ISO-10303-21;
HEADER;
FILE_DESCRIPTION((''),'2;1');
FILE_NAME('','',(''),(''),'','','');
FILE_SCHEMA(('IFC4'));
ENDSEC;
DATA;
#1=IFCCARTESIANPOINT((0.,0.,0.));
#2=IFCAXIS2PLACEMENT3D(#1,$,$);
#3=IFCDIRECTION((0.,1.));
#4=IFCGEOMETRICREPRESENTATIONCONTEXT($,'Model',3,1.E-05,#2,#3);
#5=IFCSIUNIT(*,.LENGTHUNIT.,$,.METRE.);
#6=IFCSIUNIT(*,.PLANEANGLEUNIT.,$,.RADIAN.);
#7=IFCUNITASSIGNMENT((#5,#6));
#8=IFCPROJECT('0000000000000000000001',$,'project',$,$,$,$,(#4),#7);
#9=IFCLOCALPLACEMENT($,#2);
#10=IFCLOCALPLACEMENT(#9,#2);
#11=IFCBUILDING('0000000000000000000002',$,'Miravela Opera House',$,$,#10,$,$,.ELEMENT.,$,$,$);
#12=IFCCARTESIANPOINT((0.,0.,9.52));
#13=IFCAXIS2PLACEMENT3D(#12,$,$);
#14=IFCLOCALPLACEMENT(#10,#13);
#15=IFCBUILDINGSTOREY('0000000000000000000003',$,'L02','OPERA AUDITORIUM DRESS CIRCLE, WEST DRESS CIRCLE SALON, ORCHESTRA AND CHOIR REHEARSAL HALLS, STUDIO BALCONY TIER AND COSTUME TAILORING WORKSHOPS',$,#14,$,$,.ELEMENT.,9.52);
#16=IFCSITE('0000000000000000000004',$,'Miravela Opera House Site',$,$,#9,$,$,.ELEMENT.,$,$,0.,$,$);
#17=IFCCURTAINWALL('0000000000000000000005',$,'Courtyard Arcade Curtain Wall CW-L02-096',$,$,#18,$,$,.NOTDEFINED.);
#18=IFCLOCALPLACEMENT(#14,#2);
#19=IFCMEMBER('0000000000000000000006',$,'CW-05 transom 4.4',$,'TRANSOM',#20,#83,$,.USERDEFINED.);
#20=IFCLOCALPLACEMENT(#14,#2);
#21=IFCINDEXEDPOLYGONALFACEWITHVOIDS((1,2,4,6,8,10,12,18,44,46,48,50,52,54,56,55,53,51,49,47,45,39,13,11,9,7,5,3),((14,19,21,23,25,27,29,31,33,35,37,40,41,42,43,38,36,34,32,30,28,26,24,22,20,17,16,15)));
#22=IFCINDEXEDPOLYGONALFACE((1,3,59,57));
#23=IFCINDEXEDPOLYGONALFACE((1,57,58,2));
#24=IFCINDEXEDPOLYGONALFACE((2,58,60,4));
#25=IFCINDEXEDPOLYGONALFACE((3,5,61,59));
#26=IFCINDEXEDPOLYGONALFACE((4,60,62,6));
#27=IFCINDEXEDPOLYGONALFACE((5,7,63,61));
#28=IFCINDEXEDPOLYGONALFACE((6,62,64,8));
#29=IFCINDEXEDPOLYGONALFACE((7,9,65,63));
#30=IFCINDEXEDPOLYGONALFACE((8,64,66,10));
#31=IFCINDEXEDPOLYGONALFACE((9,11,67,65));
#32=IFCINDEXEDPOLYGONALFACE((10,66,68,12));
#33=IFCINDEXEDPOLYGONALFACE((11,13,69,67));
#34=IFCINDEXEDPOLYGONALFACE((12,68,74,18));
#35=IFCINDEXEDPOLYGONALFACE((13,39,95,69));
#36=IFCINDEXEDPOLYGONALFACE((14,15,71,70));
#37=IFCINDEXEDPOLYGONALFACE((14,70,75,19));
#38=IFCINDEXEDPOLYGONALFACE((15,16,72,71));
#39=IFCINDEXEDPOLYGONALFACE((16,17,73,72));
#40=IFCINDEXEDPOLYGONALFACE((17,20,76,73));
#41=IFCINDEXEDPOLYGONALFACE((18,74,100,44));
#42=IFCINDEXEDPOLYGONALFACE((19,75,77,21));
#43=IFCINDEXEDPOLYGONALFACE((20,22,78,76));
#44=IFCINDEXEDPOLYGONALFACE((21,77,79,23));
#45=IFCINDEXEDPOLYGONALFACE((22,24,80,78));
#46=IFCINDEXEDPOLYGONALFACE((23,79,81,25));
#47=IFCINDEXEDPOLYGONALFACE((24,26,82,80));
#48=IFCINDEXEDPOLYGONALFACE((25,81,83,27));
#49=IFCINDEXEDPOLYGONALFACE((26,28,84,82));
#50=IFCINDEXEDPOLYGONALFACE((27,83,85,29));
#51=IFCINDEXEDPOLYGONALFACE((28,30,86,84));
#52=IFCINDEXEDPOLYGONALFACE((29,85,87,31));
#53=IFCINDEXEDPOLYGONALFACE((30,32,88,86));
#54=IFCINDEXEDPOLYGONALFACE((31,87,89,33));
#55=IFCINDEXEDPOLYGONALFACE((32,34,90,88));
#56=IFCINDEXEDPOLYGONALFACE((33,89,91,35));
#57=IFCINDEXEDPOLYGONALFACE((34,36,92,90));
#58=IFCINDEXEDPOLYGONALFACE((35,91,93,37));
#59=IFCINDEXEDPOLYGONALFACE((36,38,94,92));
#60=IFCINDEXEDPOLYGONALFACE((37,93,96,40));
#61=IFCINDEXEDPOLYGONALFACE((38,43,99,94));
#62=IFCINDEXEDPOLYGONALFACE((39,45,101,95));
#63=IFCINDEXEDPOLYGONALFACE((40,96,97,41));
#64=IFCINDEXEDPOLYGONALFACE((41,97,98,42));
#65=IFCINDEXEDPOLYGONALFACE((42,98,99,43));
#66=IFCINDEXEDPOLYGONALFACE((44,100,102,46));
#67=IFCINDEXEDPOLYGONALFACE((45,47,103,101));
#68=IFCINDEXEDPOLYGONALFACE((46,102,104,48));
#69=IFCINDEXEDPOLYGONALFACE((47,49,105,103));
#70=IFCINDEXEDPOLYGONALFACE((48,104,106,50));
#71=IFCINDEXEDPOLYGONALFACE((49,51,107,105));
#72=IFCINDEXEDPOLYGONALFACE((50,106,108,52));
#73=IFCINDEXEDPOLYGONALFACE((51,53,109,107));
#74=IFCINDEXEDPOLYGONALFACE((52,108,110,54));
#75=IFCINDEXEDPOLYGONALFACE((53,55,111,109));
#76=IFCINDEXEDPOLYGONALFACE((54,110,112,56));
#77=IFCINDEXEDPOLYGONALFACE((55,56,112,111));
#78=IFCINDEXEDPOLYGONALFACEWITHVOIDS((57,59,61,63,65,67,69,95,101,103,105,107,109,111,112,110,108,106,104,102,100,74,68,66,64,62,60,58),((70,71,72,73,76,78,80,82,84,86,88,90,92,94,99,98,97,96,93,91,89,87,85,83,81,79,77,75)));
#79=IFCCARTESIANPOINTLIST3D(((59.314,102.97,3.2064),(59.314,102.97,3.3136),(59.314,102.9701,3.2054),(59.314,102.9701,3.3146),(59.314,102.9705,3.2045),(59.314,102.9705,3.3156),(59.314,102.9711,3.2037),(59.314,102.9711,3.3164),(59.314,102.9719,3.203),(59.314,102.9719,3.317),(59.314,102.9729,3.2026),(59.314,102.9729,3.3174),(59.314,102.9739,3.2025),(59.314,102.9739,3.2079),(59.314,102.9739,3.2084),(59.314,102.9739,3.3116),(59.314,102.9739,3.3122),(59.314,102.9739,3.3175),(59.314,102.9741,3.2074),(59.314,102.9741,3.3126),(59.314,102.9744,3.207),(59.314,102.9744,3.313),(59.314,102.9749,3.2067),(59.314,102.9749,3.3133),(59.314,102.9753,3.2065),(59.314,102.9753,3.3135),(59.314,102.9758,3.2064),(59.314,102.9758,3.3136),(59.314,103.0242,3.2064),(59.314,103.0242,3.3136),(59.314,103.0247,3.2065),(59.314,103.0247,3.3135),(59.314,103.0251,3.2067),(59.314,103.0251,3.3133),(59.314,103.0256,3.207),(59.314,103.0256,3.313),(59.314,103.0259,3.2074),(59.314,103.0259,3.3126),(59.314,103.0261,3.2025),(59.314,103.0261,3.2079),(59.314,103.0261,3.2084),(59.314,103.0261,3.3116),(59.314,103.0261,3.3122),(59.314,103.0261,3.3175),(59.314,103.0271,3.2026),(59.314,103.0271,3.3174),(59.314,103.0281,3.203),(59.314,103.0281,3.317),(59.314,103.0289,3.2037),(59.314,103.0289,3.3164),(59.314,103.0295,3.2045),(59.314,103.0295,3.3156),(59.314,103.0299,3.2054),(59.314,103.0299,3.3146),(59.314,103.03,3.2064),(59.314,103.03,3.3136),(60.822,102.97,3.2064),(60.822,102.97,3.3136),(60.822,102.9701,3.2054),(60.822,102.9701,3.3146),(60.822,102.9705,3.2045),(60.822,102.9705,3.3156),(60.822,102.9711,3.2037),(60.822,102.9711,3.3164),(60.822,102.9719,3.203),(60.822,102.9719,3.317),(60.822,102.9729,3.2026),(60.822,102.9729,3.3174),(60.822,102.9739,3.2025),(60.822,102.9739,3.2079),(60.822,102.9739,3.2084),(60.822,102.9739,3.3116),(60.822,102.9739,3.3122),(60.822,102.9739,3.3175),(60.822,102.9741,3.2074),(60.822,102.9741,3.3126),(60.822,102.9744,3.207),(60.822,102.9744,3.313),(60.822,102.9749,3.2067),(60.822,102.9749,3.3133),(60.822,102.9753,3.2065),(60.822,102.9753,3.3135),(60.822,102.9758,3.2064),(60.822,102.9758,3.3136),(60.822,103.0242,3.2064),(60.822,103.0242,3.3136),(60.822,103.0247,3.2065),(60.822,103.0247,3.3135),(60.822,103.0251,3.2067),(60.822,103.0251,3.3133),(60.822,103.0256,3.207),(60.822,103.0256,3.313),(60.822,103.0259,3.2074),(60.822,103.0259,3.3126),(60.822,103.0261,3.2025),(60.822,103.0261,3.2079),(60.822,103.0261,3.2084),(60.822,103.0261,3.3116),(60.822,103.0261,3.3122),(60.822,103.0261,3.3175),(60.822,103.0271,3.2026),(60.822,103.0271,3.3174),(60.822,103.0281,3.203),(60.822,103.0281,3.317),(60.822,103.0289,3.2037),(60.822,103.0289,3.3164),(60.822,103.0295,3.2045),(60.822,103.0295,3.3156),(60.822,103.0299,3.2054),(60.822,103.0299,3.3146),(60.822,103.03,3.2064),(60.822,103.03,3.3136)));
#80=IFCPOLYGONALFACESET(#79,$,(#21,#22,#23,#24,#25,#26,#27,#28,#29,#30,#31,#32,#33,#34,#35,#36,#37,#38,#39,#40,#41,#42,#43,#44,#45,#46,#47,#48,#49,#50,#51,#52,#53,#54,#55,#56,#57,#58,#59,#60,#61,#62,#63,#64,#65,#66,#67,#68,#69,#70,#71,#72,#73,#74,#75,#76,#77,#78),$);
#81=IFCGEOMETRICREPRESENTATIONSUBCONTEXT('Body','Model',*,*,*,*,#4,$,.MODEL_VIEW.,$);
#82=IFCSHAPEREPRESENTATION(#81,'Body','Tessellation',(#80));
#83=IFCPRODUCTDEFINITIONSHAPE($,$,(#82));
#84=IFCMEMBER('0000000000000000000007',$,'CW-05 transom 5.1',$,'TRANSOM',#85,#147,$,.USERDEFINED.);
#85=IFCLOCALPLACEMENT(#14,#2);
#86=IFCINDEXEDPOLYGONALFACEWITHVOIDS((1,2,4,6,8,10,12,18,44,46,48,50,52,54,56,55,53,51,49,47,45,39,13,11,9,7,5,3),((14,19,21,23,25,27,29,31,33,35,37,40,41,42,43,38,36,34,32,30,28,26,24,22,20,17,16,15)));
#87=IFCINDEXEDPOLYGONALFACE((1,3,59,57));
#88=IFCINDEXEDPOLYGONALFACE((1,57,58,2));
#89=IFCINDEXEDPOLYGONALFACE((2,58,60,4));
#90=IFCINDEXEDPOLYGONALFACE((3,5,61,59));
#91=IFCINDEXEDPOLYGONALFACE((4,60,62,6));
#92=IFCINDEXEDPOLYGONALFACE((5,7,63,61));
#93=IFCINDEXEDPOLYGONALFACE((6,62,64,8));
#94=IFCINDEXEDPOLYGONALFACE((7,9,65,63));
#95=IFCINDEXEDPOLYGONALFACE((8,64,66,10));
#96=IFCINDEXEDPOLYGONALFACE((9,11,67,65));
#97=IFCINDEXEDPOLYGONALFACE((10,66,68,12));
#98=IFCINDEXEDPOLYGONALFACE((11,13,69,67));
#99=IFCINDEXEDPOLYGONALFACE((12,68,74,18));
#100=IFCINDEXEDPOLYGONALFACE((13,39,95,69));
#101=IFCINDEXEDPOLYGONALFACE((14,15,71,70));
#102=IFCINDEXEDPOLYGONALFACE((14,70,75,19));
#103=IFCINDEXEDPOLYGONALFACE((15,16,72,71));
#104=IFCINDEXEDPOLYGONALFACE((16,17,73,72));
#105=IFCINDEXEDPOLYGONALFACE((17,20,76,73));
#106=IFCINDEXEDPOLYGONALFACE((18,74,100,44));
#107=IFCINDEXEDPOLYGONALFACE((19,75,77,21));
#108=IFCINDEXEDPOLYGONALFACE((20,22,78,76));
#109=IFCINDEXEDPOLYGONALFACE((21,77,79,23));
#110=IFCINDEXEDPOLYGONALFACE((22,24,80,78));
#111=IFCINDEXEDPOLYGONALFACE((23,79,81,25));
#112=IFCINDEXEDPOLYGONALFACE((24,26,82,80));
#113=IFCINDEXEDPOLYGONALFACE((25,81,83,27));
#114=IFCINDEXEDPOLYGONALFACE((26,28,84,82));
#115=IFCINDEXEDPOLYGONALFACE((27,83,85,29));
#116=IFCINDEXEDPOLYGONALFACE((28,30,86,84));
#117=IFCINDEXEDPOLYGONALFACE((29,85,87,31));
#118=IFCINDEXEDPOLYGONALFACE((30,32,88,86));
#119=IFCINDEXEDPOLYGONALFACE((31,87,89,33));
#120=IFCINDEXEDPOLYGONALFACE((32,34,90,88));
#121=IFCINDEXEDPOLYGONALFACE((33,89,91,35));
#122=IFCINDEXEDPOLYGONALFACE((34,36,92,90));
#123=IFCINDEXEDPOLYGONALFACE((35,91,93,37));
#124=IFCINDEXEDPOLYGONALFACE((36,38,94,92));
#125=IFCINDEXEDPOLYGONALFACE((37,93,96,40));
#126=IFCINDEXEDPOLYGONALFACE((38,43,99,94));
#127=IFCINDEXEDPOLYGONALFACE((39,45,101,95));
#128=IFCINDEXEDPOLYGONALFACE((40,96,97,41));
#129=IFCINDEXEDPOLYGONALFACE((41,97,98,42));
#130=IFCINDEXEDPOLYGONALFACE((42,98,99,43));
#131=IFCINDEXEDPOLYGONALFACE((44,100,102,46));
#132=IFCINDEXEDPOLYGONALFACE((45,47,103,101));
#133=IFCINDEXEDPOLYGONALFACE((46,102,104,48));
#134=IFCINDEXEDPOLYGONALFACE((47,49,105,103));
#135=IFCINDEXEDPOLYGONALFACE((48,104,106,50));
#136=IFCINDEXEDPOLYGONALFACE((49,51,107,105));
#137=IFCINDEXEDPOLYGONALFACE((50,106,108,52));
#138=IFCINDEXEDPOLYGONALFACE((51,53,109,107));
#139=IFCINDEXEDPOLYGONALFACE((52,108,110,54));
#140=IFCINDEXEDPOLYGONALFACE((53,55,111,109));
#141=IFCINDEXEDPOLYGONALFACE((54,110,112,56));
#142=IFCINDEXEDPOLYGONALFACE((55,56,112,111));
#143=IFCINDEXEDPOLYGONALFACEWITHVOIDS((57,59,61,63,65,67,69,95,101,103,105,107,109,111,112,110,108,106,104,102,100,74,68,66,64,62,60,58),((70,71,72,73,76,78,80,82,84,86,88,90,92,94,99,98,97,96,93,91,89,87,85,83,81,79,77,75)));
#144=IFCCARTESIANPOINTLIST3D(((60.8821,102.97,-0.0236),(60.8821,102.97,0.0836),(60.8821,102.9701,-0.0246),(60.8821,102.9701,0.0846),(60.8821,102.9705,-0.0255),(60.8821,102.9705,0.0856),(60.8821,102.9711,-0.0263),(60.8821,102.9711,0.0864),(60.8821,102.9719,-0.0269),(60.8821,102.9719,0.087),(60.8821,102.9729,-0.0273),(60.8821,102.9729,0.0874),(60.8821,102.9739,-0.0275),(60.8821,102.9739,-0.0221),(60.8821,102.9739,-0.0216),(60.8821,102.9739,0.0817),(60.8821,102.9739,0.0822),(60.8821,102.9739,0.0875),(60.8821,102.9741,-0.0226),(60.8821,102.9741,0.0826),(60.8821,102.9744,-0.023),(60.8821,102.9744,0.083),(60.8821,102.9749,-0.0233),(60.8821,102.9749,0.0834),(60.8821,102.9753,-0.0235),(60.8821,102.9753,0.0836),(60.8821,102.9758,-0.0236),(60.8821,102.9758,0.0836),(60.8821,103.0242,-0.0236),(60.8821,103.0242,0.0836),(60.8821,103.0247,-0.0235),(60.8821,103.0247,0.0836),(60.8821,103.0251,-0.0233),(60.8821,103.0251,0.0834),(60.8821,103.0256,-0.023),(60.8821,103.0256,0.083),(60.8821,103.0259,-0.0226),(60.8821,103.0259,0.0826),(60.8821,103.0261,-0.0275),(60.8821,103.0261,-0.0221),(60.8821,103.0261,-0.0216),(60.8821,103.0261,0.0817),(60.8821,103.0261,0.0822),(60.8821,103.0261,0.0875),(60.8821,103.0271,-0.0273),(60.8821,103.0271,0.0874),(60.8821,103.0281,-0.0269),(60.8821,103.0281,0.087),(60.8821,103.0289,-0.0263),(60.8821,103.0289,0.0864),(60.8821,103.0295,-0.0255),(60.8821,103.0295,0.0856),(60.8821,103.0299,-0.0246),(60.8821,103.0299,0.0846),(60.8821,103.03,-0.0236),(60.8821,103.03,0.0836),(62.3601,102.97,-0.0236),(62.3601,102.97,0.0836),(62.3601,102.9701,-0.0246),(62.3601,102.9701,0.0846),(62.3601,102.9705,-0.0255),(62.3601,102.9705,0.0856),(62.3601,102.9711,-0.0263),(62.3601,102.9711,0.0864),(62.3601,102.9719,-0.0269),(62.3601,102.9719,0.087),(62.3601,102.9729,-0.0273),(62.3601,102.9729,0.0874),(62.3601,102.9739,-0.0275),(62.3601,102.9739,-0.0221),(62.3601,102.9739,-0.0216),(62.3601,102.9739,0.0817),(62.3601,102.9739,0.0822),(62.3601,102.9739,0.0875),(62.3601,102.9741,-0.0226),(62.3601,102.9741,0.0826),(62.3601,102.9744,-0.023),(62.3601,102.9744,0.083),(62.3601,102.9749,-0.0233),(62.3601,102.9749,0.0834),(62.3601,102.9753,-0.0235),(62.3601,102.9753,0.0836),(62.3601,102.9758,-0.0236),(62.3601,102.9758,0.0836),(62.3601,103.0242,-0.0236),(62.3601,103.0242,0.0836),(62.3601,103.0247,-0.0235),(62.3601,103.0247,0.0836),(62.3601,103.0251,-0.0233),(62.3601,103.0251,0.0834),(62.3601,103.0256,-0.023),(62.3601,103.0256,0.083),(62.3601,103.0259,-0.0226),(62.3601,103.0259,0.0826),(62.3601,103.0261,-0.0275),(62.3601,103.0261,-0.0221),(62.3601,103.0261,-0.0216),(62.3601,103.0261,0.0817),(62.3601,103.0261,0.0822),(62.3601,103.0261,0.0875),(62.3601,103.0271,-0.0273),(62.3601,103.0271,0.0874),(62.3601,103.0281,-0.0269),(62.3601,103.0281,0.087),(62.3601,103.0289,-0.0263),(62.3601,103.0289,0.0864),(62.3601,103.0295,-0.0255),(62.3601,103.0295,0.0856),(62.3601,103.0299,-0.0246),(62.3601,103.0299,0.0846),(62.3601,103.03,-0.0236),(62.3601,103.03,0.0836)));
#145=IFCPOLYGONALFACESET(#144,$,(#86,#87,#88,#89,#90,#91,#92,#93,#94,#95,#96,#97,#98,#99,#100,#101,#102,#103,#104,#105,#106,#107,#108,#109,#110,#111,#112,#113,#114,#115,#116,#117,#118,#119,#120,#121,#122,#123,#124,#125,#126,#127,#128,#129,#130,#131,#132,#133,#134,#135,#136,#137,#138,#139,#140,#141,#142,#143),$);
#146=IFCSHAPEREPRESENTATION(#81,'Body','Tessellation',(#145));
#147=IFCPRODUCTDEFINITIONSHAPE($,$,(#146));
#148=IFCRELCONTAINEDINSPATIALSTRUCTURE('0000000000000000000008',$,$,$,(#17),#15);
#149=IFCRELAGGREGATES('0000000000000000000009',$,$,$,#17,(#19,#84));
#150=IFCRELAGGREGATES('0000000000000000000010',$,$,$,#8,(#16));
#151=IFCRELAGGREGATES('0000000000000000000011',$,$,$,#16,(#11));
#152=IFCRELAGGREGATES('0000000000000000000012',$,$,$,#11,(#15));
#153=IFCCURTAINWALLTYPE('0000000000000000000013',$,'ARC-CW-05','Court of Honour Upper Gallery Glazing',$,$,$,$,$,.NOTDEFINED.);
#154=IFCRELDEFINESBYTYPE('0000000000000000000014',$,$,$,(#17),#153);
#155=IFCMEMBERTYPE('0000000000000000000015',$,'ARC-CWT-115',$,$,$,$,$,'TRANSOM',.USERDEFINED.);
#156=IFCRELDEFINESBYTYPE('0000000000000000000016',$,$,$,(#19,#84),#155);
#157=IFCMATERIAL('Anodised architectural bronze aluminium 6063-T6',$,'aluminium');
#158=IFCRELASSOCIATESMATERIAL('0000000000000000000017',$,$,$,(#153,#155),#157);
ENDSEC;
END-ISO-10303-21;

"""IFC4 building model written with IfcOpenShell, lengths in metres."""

from ifc_helpers import new_model, si_unit, direction, frame, origin, origin_2d, place, context, subcontext, project, spatial, hollow_rectangle, extrude, material, material_profile, profile_set, type_object, element, aggregate, save


model = new_model("IFC4")

# Units and contexts
model_context = context("Model", 3, precision=1e-05, world=origin(), true_north=direction((0.0, 1.0)))
body_context = subcontext(model_context, "Body", "Model", "MODEL_VIEW")
ifc_project = project(units=[si_unit("LENGTHUNIT", "METRE"), si_unit("PLANEANGLEUNIT", "RADIAN")], contexts=[model_context])

# Site, building, storey
site_placement = place(None, origin())
site = spatial("IfcSite", under=ifc_project, at=site_placement, Name="Miravela Opera House Site", CompositionType="ELEMENT", RefElevation=0.0)
building_placement = place(site_placement, origin())
building = spatial("IfcBuilding", under=site, at=building_placement, Name="Miravela Opera House", CompositionType="ELEMENT")
storey_placement = place(building_placement, frame((0.0, 0.0, 9.52)))
storey = spatial("IfcBuildingStorey", under=building, at=storey_placement, Name="L02", Description="OPERA AUDITORIUM DRESS CIRCLE, WEST DRESS CIRCLE SALON, ORCHESTRA AND CHOIR REHEARSAL HALLS, STUDIO BALCONY TIER AND COSTUME TAILORING WORKSHOPS", CompositionType="ELEMENT", Elevation=9.52)

# Curtain wall, members
ifc_material_1 = material(Name="Anodised architectural bronze aluminium 6063-T6", Category="aluminium")
curtain_wall_type = type_object("IfcCurtainWallType", Name="ARC-CW-05", Description="Court of Honour Upper Gallery Glazing", PredefinedType="NOTDEFINED", material=ifc_material_1)
curtain_wall_placement = place(storey_placement, origin())
curtain_wall = element("IfcCurtainWall", 1, at=curtain_wall_placement, inside=storey, type_object=curtain_wall_type, Name="Courtyard Arcade Curtain Wall CW-L02-096", PredefinedType="NOTDEFINED")
ifc_material_profile_1 = material_profile(ifc_material_1, hollow_rectangle(XDim=0.0601, YDim=0.115, WallThickness=0.0039, InnerFilletRadius=0.002, OuterFilletRadius=0.0039, at=origin_2d()), Name="CWT-60X115")
ifc_profile_set_1 = profile_set([ifc_material_profile_1])
member_type_1 = type_object("IfcMemberType", Name="ARC-CWT-115", ElementType="TRANSOM", PredefinedType="USERDEFINED", material=ifc_profile_set_1)
member_1_placement = place(storey_placement, frame((59.314, 103.0, 3.26), z_axis=(1.0, 0.0, 0.0), x_axis=(0.0, 1.0, 0.0)))
member_1 = element("IfcMember", 2, at=member_1_placement, type_object=member_type_1, Name="CW-05 transom 4.4", ObjectType="TRANSOM", PredefinedType="USERDEFINED", context=body_context, shape_type="SweptSolid", body=[
    extrude(hollow_rectangle(XDim=0.0601, YDim=0.115, WallThickness=0.0039, InnerFilletRadius=0.002, OuterFilletRadius=0.0039, at=origin_2d()), origin(), (0.0, 0.0, 1.0), 1.5081),
])
member_2_placement = place(storey_placement, frame((60.8821, 103.0, 0.03), z_axis=(1.0, 0.0, 0.0), x_axis=(0.0, 1.0, 0.0)))
member_2 = element("IfcMember", 3, at=member_2_placement, type_object=member_type_1, Name="CW-05 transom 5.1", ObjectType="TRANSOM", PredefinedType="USERDEFINED", context=body_context, shape_type="SweptSolid", body=[
    extrude(hollow_rectangle(XDim=0.0601, YDim=0.115, WallThickness=0.0039, InnerFilletRadius=0.002, OuterFilletRadius=0.0039, at=origin_2d()), origin(), (0.0, 0.0, 1.0), 1.478),
])
aggregate(curtain_wall, [member_1, member_2])

save(model, "model.ifc")
